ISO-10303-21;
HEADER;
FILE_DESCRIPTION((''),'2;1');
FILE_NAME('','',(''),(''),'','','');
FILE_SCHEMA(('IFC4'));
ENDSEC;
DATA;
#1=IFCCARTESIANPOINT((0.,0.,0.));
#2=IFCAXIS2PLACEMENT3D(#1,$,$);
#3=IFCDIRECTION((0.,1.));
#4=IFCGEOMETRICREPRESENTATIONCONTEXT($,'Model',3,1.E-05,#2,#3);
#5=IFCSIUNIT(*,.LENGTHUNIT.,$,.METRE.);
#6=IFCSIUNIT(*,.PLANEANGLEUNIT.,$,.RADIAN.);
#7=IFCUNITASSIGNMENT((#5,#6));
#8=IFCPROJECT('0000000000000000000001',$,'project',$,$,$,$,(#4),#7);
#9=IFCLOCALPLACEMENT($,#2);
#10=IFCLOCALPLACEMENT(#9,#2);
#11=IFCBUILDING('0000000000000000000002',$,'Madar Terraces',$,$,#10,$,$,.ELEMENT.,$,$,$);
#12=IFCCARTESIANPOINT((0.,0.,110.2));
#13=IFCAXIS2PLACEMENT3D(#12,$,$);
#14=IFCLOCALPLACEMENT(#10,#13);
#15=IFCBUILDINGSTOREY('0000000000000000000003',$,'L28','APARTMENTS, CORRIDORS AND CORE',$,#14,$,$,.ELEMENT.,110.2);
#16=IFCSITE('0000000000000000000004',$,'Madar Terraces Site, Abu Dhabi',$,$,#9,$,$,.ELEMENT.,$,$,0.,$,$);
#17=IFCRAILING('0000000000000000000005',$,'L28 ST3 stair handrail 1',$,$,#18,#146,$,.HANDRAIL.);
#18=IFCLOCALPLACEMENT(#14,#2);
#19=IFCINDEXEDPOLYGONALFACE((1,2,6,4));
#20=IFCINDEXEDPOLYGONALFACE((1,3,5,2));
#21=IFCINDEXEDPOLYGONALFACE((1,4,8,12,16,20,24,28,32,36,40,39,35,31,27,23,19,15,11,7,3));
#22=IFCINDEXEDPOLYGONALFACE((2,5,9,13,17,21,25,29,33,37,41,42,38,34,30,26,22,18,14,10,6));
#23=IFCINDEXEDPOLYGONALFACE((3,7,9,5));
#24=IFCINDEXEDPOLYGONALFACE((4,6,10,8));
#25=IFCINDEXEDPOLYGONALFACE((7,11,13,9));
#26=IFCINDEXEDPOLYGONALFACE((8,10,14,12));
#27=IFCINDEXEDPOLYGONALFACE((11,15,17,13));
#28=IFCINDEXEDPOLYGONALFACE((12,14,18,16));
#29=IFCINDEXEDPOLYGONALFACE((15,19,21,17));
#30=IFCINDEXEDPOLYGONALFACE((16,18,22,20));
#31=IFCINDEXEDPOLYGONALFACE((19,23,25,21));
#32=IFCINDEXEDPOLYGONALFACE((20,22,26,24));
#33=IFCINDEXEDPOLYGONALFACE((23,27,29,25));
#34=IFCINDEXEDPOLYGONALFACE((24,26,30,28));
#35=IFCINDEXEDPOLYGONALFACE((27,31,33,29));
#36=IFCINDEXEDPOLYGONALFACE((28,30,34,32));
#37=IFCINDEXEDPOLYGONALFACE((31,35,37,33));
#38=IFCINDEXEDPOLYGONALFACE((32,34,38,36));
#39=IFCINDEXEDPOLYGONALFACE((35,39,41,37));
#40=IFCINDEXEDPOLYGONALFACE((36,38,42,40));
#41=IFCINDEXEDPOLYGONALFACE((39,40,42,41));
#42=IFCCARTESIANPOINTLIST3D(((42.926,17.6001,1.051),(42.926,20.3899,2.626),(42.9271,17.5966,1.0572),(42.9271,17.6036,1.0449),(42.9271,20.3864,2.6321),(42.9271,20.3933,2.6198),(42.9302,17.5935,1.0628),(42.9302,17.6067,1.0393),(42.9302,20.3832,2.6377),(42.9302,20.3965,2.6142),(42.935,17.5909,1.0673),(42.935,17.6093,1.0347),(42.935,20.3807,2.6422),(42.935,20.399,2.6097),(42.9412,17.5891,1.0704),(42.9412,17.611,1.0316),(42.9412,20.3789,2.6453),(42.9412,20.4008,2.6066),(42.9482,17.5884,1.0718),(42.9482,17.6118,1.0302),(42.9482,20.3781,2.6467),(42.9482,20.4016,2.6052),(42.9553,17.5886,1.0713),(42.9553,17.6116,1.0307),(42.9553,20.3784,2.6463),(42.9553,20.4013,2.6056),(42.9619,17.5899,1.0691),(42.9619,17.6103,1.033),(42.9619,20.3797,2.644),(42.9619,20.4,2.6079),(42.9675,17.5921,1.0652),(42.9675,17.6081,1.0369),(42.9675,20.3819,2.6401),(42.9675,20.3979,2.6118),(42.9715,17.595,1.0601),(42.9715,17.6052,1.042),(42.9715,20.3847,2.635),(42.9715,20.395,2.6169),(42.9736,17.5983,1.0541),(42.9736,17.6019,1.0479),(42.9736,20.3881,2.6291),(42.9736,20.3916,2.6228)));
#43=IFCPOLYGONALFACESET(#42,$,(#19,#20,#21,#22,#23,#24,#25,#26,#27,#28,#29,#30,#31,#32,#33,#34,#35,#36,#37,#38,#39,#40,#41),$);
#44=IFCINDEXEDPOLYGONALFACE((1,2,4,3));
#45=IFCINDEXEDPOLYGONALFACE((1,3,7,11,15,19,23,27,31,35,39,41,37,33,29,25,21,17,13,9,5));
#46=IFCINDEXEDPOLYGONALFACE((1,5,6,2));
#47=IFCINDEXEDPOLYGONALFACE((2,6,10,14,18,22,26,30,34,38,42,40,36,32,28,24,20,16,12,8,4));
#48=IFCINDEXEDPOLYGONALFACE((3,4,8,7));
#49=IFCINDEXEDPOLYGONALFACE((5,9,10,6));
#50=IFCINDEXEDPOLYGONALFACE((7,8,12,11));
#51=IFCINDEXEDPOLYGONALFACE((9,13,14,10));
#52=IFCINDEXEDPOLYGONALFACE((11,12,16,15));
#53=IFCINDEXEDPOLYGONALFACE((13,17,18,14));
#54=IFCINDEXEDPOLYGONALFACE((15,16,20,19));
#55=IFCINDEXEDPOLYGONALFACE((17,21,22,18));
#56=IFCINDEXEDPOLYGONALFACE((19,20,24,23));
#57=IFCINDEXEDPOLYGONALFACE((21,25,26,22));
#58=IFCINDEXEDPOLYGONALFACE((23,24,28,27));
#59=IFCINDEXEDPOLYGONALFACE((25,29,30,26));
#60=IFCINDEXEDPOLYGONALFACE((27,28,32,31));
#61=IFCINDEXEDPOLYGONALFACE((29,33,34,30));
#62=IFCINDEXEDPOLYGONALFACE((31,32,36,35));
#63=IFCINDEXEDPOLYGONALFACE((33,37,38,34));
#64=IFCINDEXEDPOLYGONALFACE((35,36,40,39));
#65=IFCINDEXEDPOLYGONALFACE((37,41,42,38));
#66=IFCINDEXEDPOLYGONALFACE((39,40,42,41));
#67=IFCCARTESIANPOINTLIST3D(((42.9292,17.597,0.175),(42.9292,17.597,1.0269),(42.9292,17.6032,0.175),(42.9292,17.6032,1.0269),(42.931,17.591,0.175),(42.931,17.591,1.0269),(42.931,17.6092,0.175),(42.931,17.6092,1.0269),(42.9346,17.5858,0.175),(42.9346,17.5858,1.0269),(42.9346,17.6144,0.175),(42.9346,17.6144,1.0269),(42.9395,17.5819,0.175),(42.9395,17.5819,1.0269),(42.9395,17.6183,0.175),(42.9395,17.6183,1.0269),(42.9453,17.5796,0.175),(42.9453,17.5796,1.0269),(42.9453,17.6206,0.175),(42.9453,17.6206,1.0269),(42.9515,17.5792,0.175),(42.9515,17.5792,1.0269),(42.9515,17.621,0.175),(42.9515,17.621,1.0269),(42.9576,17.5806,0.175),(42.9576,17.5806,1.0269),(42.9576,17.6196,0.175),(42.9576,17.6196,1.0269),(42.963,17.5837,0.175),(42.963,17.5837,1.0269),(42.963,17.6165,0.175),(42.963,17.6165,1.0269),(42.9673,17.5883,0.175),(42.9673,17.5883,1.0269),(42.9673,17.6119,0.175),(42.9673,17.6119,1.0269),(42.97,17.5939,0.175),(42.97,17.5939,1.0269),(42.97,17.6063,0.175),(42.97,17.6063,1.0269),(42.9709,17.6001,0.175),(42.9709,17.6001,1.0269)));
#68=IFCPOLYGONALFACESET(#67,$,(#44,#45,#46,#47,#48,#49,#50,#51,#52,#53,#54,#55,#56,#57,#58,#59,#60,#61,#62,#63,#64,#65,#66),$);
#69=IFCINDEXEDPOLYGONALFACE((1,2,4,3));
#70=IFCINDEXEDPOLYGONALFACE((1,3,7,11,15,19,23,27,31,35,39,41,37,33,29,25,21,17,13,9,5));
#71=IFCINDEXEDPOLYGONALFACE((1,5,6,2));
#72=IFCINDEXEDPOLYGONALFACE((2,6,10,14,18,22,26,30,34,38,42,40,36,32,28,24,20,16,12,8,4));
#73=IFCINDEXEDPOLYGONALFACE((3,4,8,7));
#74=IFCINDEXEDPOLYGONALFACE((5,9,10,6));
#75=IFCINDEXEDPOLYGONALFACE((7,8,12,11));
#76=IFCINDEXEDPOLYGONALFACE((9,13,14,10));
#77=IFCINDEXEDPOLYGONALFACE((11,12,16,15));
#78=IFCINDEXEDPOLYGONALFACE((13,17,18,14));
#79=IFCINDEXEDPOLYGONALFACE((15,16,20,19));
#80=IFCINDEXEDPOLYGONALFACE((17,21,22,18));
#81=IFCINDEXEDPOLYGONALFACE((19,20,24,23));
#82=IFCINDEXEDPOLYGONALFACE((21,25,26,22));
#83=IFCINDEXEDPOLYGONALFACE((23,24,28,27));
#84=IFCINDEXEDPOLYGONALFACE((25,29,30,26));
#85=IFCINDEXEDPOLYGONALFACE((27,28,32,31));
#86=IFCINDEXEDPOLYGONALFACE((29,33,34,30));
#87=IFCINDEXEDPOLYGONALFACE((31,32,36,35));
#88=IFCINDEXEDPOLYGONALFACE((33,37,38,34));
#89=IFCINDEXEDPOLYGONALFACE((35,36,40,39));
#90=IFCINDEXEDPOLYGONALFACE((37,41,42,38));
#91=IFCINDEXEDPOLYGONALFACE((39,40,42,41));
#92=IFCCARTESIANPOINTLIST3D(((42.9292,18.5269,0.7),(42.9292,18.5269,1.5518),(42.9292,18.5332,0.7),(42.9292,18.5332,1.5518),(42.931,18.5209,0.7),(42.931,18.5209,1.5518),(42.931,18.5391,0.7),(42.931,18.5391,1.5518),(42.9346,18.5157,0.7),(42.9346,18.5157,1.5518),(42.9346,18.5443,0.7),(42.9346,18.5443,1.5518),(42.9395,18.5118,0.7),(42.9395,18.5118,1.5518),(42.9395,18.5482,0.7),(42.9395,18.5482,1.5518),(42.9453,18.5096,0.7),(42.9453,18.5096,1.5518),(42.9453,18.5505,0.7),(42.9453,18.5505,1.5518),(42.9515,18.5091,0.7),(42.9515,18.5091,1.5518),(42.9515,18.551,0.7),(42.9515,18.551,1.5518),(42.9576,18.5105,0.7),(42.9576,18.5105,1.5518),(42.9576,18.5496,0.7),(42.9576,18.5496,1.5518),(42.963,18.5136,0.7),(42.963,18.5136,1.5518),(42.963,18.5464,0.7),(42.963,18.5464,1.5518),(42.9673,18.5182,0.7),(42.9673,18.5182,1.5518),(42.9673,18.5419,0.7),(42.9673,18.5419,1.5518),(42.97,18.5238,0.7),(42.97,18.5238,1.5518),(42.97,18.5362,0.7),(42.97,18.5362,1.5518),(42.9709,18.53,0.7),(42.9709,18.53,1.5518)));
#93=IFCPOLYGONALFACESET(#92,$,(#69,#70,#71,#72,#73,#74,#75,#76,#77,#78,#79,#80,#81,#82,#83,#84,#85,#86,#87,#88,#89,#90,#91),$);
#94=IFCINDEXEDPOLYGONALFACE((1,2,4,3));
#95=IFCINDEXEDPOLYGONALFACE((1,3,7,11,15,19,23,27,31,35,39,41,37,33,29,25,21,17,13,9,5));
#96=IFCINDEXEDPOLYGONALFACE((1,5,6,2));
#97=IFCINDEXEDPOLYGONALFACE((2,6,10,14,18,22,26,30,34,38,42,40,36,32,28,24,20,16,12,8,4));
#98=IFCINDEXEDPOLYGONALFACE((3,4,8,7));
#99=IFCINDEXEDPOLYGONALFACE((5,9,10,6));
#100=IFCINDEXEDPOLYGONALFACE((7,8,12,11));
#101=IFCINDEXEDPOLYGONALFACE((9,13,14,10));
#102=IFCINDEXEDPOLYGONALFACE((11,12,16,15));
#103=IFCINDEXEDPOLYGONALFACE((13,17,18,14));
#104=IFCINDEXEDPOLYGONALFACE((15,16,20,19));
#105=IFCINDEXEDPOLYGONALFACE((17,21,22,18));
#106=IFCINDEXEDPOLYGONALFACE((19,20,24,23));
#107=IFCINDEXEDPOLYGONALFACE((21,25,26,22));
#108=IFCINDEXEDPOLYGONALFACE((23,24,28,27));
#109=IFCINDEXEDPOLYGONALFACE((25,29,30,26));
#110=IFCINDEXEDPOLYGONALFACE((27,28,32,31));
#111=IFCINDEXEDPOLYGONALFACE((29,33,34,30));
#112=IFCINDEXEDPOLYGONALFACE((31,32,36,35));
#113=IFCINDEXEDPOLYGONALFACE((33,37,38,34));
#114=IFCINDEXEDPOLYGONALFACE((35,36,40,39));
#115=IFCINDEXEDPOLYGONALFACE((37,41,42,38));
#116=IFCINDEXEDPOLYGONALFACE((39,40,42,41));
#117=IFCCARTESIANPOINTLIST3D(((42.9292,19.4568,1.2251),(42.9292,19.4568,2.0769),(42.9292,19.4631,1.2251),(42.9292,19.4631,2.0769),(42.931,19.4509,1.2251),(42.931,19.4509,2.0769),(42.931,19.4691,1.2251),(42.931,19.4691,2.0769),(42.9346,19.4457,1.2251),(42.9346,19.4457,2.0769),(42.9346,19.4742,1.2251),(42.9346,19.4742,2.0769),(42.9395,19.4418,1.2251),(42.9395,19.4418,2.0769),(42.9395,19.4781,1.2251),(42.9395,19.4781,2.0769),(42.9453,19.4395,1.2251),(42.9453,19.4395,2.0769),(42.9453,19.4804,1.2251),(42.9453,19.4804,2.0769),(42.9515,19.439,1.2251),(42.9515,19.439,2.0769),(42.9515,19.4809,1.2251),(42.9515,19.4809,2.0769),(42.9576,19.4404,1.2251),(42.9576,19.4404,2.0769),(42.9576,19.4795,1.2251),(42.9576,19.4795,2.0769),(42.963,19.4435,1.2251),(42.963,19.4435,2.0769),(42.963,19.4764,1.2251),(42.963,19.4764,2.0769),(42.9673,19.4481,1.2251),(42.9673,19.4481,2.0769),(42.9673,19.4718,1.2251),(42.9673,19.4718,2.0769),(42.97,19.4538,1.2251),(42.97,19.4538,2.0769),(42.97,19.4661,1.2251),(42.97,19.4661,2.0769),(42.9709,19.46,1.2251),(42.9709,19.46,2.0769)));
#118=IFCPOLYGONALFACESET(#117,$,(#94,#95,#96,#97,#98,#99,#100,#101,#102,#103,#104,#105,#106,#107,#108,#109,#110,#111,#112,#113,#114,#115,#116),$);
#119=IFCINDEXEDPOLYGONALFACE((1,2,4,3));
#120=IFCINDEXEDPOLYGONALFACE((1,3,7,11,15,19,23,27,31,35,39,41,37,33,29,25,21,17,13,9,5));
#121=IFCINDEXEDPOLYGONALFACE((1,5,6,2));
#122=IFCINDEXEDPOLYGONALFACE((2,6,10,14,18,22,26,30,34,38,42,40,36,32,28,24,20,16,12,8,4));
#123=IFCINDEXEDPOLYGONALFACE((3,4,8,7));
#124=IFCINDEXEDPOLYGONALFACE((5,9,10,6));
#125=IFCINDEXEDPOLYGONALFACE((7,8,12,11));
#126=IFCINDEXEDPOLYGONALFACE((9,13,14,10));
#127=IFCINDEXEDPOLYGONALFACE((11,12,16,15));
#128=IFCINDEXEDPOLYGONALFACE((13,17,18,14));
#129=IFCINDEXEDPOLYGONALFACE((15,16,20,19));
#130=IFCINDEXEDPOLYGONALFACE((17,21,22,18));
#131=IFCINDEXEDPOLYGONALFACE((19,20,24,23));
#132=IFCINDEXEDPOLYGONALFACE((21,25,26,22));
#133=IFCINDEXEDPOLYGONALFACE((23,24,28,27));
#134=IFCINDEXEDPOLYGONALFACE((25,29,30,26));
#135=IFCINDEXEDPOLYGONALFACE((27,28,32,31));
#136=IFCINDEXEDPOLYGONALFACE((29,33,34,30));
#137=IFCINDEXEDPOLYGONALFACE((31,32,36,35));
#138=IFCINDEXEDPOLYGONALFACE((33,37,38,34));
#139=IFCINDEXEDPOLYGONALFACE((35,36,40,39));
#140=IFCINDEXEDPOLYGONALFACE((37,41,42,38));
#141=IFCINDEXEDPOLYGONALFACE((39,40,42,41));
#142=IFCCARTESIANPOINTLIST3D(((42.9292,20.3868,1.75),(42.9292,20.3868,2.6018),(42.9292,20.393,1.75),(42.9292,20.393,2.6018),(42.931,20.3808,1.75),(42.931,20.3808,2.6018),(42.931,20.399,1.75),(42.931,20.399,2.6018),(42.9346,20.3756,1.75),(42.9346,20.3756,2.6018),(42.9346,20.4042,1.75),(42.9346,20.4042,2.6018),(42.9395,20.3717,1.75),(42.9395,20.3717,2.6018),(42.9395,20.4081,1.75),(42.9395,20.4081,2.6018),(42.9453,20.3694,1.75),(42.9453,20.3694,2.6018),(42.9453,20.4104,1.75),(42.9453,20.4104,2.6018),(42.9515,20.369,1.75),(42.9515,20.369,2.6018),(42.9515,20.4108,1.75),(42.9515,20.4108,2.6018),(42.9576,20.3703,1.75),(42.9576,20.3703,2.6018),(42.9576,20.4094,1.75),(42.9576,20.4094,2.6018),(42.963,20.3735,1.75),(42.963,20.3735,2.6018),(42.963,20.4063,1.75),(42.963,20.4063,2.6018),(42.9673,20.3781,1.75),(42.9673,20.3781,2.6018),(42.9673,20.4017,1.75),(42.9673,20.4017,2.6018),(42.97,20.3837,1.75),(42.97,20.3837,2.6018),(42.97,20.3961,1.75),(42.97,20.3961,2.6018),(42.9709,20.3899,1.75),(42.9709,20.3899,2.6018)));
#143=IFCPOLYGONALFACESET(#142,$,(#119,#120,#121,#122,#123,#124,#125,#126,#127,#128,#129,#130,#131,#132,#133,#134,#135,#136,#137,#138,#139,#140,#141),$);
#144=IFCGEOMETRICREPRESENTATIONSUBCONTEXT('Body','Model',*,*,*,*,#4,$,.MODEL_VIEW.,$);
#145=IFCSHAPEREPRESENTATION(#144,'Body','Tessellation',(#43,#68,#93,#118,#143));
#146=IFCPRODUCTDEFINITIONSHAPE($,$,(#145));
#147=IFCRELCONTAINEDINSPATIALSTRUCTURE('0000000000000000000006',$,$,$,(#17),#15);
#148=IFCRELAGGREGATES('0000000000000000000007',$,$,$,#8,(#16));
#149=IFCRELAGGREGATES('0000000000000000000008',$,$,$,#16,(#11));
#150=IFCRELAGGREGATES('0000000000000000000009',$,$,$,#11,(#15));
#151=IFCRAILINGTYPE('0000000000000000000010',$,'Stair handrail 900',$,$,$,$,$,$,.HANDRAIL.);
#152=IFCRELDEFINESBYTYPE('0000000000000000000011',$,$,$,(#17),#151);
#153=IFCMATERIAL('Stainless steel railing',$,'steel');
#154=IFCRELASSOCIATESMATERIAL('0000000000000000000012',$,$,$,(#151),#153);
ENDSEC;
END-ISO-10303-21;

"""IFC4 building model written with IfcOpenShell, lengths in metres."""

from ifc_helpers import new_model, si_unit, direction, frame, origin, origin_2d, place, context, subcontext, project, spatial, circle, extrude, material, type_object, element, save


model = new_model("IFC4")

# Units and contexts
model_context = context("Model", 3, precision=1e-05, world=origin(), true_north=direction((0.0, 1.0)))
body_context = subcontext(model_context, "Body", "Model", "MODEL_VIEW")
ifc_project = project(units=[si_unit("LENGTHUNIT", "METRE"), si_unit("PLANEANGLEUNIT", "RADIAN")], contexts=[model_context])

# Site, building, storey
site_placement = place(None, origin())
site = spatial("IfcSite", under=ifc_project, at=site_placement, Name="Madar Terraces Site, Abu Dhabi", CompositionType="ELEMENT", RefElevation=0.0)
building_placement = place(site_placement, origin())
building = spatial("IfcBuilding", under=site, at=building_placement, Name="Madar Terraces", CompositionType="ELEMENT")
storey_placement = place(building_placement, frame((0.0, 0.0, 110.2)))
storey = spatial("IfcBuildingStorey", under=building, at=storey_placement, Name="L28", Description="APARTMENTS, CORRIDORS AND CORE", CompositionType="ELEMENT", Elevation=110.2)

# Railing
ifc_material_1 = material(Name="Stainless steel railing", Category="steel")
railing_type_1 = type_object("IfcRailingType", Name="Stair handrail 900", PredefinedType="HANDRAIL", material=ifc_material_1)
railing_1_placement = place(storey_placement, frame((42.95, 17.6001, 0.175)))
element("IfcRailing", 1, at=railing_1_placement, inside=storey, type_object=railing_type_1, Name="L28 ST3 stair handrail 1", PredefinedType="HANDRAIL", context=body_context, shape_type="SweptSolid", body=[
    extrude(circle(Radius=0.0239, at=origin_2d()), frame((0.0, 0.0, 0.876), z_axis=(0.0, 0.870815, 0.49161), x_axis=(-1.0, 0.0, 0.0)), (0.0, 0.0, 1.0), 3.2036),
    extrude(circle(Radius=0.021, at=origin_2d()), origin(), (0.0, 0.0, 1.0), 0.8518),
    extrude(circle(Radius=0.021, at=origin_2d()), frame((0.0, 0.9299, 0.5249)), (0.0, 0.0, 1.0), 0.8518),
    extrude(circle(Radius=0.021, at=origin_2d()), frame((0.0, 1.8599, 1.05)), (0.0, 0.0, 1.0), 0.8518),
    extrude(circle(Radius=0.021, at=origin_2d()), frame((0.0, 2.7898, 1.575)), (0.0, 0.0, 1.0), 0.8518),
])

save(model, "model.ifc")
